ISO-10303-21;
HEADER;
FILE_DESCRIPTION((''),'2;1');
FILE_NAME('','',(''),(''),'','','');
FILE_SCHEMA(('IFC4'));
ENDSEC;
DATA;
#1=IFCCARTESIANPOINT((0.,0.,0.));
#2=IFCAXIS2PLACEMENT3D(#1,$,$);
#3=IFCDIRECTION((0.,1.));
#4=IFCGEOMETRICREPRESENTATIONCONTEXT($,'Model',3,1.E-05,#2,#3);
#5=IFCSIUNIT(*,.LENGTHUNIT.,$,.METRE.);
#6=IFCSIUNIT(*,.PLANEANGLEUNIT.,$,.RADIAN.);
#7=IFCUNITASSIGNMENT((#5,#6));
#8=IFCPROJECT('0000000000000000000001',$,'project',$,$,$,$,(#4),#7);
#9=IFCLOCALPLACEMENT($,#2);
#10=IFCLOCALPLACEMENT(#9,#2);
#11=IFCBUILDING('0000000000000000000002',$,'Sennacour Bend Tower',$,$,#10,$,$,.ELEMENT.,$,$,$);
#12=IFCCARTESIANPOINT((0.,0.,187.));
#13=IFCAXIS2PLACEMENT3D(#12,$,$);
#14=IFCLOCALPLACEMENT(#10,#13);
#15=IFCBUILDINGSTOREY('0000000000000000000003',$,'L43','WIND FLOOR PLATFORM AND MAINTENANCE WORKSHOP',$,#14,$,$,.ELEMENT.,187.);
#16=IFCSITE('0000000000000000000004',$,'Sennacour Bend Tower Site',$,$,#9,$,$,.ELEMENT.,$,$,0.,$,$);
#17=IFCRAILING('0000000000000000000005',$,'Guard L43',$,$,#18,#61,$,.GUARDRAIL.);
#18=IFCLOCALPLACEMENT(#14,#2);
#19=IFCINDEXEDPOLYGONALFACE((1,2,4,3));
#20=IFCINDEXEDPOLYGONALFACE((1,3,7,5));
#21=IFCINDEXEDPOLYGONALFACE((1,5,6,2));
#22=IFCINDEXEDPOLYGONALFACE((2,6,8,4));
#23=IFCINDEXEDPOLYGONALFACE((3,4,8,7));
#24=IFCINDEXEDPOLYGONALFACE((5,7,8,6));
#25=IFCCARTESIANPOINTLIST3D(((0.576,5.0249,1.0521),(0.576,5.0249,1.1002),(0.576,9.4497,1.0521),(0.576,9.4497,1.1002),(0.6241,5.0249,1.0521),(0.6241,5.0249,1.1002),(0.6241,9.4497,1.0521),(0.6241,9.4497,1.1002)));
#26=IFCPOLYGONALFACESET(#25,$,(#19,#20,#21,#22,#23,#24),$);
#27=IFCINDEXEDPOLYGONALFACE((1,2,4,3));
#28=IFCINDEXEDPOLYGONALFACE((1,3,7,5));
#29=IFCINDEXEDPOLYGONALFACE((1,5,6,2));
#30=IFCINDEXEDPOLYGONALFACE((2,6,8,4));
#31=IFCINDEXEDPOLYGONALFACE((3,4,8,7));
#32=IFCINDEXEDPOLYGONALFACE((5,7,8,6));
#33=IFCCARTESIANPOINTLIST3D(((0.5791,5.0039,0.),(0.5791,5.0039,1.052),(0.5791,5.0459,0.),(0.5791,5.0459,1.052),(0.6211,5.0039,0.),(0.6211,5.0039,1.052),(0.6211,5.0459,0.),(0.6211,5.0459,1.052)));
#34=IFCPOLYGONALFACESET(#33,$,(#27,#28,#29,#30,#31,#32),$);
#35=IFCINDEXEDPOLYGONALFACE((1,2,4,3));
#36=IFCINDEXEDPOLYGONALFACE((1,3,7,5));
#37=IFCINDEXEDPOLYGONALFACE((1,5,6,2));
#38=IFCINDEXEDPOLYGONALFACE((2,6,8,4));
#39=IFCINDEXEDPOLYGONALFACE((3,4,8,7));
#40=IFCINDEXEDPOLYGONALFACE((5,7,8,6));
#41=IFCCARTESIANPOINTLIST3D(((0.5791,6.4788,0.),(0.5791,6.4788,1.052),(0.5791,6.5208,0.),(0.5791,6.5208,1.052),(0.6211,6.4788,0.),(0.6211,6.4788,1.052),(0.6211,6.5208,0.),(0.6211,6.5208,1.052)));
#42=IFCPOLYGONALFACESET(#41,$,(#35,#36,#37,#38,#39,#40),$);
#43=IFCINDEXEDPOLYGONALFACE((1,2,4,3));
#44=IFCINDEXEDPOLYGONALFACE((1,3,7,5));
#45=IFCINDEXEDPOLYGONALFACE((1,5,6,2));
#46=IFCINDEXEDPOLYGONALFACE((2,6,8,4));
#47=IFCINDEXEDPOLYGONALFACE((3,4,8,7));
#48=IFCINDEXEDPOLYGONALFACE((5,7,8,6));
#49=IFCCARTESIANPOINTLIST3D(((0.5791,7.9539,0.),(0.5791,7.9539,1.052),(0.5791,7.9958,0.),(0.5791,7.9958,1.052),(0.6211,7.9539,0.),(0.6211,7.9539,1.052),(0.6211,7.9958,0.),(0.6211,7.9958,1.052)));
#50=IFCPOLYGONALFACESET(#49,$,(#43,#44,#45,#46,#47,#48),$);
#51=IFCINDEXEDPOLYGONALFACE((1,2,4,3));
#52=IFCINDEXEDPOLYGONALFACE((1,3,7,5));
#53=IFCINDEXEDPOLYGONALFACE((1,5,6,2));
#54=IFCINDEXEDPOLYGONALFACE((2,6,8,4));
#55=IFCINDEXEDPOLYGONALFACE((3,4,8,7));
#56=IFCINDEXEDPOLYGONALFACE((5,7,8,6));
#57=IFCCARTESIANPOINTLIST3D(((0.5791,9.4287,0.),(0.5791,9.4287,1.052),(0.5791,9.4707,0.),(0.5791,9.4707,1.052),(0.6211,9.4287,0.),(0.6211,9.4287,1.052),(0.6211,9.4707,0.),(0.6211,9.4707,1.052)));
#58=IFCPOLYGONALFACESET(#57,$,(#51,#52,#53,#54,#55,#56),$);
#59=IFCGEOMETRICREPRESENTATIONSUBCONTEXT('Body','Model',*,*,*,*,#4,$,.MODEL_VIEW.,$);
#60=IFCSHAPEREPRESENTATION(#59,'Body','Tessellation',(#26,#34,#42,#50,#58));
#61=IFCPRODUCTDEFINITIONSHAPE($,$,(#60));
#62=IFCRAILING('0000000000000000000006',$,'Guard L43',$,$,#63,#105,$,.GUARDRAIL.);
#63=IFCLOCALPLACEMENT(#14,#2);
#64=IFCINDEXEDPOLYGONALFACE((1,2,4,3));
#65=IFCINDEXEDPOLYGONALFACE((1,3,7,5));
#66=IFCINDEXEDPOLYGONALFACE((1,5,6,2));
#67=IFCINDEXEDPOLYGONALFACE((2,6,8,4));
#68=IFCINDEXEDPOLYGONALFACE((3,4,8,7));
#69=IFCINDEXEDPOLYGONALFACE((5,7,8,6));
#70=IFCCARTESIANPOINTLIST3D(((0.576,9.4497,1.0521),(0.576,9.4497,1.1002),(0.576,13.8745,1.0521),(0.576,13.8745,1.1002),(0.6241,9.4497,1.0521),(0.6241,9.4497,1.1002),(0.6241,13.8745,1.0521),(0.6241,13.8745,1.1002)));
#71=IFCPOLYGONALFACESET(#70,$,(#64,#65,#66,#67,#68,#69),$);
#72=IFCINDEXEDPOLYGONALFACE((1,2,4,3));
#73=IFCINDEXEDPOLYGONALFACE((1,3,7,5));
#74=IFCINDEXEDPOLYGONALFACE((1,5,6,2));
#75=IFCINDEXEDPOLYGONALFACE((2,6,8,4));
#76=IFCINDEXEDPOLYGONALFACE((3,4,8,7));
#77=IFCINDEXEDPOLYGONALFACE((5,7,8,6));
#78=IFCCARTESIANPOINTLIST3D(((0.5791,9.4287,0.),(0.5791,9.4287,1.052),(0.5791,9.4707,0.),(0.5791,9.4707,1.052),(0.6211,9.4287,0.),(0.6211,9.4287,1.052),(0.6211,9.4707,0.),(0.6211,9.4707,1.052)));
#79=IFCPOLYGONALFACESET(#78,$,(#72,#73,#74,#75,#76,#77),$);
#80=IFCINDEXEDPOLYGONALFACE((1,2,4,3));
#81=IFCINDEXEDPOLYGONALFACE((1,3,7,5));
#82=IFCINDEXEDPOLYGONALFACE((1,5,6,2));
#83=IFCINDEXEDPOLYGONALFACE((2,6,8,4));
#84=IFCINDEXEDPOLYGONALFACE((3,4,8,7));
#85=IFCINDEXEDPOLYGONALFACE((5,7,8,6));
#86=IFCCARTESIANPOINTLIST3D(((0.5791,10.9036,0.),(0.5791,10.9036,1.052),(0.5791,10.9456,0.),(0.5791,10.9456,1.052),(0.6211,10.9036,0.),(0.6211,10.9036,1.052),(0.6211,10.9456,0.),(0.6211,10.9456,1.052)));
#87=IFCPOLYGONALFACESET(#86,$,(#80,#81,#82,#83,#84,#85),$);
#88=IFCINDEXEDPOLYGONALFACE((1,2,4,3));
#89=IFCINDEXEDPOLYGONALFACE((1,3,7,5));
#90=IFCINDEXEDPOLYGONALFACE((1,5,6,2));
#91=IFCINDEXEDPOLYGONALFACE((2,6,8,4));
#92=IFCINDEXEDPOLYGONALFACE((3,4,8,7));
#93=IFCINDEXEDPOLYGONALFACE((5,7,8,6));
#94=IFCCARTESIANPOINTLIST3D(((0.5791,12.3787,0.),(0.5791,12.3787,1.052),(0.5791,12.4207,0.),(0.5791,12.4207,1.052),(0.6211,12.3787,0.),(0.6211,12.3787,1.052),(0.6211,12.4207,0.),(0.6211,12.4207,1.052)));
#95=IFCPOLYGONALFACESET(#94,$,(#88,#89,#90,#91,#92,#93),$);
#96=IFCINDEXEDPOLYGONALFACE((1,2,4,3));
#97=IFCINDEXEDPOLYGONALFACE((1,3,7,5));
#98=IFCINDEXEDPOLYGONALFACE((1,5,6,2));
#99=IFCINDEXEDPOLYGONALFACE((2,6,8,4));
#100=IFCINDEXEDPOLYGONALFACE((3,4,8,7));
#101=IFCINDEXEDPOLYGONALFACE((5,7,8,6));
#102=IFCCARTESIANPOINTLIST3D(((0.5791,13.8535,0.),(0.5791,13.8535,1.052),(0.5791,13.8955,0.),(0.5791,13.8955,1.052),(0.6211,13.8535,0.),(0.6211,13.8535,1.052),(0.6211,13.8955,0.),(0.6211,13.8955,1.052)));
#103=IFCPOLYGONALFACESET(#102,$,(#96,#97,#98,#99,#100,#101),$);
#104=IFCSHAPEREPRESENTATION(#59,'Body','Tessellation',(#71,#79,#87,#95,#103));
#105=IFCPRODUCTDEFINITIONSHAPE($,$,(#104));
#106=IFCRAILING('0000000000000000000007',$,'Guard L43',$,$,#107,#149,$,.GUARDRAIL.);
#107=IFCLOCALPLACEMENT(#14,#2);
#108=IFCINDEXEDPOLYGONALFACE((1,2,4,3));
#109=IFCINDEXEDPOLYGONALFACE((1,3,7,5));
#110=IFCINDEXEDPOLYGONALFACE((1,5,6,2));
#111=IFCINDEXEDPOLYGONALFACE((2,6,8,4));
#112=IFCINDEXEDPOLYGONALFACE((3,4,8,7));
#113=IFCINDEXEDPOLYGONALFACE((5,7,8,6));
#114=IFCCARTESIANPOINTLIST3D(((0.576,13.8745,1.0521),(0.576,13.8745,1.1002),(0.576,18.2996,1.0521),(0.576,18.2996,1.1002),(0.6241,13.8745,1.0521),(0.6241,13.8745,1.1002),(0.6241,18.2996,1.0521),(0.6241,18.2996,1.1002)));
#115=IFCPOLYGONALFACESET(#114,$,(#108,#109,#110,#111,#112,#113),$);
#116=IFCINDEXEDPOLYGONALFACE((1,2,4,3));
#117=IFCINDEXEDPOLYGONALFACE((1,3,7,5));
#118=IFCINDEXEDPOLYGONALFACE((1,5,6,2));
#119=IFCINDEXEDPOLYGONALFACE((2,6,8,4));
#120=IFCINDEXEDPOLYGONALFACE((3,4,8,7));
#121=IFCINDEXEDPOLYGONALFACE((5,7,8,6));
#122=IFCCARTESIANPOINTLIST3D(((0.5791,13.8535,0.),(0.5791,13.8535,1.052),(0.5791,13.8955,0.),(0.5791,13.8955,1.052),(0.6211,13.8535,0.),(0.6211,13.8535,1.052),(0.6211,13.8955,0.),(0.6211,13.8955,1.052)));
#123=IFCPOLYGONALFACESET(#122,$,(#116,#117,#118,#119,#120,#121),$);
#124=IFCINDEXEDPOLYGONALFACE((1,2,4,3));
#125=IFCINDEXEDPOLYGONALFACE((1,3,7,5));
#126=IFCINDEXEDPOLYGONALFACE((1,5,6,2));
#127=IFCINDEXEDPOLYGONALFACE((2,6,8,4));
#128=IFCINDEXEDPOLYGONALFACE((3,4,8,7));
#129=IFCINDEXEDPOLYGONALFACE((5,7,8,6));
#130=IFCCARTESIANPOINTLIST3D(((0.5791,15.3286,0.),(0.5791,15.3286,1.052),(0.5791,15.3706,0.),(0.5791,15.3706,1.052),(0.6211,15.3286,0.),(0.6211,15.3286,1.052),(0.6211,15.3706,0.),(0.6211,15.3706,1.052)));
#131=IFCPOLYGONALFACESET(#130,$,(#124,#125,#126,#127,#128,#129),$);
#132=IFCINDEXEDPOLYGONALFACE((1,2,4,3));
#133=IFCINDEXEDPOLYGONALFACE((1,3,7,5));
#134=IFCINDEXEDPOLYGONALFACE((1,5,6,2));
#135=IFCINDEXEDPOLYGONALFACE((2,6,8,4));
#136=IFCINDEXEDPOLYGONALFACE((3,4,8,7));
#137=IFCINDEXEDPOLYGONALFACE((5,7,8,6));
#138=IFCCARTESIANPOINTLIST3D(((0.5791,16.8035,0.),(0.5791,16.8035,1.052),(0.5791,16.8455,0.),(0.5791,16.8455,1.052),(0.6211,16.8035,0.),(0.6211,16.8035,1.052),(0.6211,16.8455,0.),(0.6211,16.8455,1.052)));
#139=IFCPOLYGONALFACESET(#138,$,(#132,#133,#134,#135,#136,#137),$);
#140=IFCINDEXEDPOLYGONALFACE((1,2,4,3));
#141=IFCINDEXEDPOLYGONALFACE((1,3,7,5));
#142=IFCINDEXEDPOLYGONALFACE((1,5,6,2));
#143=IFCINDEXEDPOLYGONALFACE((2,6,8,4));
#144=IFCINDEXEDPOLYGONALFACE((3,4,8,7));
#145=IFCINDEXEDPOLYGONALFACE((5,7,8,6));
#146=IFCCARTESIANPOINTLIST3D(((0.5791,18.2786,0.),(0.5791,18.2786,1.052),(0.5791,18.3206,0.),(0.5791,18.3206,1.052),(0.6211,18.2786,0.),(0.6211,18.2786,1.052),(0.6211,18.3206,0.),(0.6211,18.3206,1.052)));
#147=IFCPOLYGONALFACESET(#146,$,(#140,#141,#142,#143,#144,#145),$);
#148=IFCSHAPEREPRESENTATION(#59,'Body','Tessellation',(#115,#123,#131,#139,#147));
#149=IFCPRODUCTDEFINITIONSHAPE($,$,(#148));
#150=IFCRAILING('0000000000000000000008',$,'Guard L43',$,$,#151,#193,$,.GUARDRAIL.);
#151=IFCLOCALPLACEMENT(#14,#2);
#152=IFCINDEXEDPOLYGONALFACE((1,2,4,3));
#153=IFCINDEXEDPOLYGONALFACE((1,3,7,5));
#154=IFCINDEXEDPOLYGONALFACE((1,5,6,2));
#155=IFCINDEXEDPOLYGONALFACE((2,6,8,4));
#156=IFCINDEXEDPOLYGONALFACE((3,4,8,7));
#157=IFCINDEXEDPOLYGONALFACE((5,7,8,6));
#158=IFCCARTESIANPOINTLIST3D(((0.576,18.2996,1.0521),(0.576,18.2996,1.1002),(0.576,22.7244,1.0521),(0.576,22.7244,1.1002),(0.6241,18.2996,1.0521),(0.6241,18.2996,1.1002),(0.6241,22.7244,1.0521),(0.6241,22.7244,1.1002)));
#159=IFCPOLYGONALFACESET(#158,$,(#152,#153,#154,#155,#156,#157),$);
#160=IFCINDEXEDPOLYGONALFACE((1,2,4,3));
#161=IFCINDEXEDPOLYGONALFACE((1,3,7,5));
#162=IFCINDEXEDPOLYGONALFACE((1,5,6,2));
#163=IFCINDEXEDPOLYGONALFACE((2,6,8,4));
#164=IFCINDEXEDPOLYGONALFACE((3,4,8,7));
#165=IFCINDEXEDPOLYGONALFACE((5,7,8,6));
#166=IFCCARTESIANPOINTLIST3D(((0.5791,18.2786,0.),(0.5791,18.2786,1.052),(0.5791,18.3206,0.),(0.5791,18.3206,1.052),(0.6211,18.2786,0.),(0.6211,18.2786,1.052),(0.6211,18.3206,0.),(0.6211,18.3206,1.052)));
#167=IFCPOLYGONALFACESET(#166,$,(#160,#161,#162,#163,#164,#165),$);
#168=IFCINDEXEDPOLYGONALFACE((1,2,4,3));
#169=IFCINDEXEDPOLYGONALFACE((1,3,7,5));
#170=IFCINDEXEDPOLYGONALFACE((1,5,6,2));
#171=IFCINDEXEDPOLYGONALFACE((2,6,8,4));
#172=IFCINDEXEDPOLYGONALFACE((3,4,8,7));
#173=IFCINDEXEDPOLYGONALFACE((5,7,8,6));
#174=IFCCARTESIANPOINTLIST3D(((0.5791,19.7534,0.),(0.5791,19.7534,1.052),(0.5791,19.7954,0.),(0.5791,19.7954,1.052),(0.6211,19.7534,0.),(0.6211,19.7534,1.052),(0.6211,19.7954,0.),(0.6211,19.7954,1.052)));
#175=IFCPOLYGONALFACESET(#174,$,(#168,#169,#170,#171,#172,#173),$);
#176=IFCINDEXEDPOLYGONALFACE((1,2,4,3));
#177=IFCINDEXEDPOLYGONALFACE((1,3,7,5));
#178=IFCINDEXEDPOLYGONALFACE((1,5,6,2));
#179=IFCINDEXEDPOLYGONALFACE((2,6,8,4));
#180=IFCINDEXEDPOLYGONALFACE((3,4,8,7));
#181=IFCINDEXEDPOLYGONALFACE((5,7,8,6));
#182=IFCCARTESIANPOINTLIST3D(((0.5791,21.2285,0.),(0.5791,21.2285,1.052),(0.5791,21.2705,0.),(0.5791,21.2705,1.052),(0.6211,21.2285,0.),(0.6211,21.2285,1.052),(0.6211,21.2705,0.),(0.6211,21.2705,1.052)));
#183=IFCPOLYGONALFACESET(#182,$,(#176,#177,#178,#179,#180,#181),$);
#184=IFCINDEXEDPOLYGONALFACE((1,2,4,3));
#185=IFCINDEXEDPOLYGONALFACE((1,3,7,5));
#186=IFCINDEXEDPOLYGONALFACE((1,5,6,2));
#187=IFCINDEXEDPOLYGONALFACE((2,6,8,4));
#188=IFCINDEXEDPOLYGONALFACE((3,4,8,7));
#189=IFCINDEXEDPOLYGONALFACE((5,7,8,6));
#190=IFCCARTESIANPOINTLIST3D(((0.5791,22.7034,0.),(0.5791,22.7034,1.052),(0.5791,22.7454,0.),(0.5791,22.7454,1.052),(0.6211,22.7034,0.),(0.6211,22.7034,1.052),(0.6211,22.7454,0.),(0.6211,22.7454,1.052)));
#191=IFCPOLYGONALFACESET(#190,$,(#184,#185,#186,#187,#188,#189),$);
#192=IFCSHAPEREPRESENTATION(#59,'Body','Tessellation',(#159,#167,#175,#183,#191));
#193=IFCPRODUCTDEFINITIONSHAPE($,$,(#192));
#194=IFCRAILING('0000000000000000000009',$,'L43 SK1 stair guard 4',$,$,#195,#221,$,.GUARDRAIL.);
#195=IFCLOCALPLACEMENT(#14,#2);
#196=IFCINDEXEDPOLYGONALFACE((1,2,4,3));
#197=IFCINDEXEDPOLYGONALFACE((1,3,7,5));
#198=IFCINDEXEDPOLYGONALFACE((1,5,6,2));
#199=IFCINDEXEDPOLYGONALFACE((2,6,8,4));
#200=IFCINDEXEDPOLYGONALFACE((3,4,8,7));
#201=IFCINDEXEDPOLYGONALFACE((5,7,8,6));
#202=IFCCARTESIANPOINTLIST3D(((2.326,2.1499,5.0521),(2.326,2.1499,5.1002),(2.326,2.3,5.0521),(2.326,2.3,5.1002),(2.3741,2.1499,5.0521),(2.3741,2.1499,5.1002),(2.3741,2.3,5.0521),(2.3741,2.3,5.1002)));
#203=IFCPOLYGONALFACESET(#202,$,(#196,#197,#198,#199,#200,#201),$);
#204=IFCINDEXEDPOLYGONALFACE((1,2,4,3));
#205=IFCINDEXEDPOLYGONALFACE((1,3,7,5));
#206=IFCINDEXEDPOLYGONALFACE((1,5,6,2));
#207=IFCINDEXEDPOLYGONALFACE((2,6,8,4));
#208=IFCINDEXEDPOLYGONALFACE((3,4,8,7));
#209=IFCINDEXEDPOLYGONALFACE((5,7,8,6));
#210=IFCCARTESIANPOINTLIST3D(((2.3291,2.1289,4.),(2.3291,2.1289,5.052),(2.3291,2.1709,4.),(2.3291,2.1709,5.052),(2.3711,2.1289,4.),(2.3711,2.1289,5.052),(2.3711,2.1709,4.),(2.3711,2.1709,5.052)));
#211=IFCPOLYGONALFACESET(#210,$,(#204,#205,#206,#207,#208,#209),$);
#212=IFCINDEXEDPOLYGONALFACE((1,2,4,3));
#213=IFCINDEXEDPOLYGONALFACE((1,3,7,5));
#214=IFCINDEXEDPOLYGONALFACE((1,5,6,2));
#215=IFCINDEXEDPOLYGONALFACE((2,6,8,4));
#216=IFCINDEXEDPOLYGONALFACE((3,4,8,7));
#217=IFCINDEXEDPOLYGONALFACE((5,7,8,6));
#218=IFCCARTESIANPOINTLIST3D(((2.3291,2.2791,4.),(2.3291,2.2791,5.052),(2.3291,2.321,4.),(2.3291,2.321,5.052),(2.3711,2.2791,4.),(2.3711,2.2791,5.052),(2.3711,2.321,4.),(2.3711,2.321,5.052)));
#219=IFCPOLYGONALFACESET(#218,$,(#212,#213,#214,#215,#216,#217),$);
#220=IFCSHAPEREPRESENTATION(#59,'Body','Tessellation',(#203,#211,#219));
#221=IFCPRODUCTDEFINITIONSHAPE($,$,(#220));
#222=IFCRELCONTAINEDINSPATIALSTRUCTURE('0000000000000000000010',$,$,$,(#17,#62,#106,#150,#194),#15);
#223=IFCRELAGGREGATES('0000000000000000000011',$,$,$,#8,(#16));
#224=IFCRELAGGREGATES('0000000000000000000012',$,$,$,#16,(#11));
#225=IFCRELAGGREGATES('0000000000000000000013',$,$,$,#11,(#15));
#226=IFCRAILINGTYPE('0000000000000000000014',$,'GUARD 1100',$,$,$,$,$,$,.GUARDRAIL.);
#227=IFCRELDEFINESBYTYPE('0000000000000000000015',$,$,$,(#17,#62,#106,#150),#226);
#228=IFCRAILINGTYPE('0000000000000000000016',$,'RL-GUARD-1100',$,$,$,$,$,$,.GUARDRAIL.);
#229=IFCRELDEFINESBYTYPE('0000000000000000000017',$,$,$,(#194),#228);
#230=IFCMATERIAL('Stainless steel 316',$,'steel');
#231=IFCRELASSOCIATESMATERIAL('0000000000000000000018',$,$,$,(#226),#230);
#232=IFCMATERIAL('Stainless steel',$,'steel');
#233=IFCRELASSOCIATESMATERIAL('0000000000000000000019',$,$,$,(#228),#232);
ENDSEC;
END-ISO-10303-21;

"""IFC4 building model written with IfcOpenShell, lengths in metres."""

from ifc_helpers import new_model, si_unit, direction, frame, origin, origin_2d, place, context, subcontext, project, spatial, rectangle, extrude, material, type_object, element, save


model = new_model("IFC4")

# Units and contexts
model_context = context("Model", 3, precision=1e-05, world=origin(), true_north=direction((0.0, 1.0)))
body_context = subcontext(model_context, "Body", "Model", "MODEL_VIEW")
ifc_project = project(units=[si_unit("LENGTHUNIT", "METRE"), si_unit("PLANEANGLEUNIT", "RADIAN")], contexts=[model_context])

# Site, building, storey
site_placement = place(None, origin())
site = spatial("IfcSite", under=ifc_project, at=site_placement, Name="Sennacour Bend Tower Site", CompositionType="ELEMENT", RefElevation=0.0)
building_placement = place(site_placement, origin())
building = spatial("IfcBuilding", under=site, at=building_placement, Name="Sennacour Bend Tower", CompositionType="ELEMENT")
storey_placement = place(building_placement, frame((0.0, 0.0, 187.0)))
storey = spatial("IfcBuildingStorey", under=building, at=storey_placement, Name="L43", Description="WIND FLOOR PLATFORM AND MAINTENANCE WORKSHOP", CompositionType="ELEMENT", Elevation=187.0)

# Railings
ifc_material_1 = material(Name="Stainless steel 316", Category="steel")
railing_type_1 = type_object("IfcRailingType", Name="GUARD 1100", PredefinedType="GUARDRAIL", material=ifc_material_1)
for number, where, name in (
    (1, (0.6001, 5.0249, 0.0), "Guard L43"),
    (2, (0.6001, 9.4497, 0.0), "Guard L43"),
):
    element("IfcRailing", number, at=place(storey_placement, frame(where)), inside=storey, type_object=railing_type_1, Name=name, PredefinedType="GUARDRAIL", context=body_context, shape_type="SweptSolid", body=[
        extrude(rectangle(XDim=0.0481, YDim=0.0481, at=origin_2d()), frame((0.0, 0.0, 1.0762), z_axis=(0.0, 1.0, 0.0), x_axis=(-1.0, 0.0, 0.0)), (0.0, 0.0, 1.0), 4.4248),
        extrude(rectangle(XDim=0.042, YDim=0.042, at=origin_2d()), origin(), (0.0, 0.0, 1.0), 1.052),
        extrude(rectangle(XDim=0.042, YDim=0.042, at=origin_2d()), frame((0.0, 1.4749, 0.0)), (0.0, 0.0, 1.0), 1.052),
        extrude(rectangle(XDim=0.042, YDim=0.042, at=origin_2d()), frame((0.0, 2.95, 0.0)), (0.0, 0.0, 1.0), 1.052),
        extrude(rectangle(XDim=0.042, YDim=0.042, at=origin_2d()), frame((0.0, 4.4248, 0.0)), (0.0, 0.0, 1.0), 1.052),
    ])
railing_1_placement = place(storey_placement, frame((0.6001, 13.8745, 0.0)))
element("IfcRailing", 3, at=railing_1_placement, inside=storey, type_object=railing_type_1, Name="Guard L43", PredefinedType="GUARDRAIL", context=body_context, shape_type="SweptSolid", body=[
    extrude(rectangle(XDim=0.0481, YDim=0.0481, at=origin_2d()), frame((0.0, 0.0, 1.0762), z_axis=(0.0, 1.0, 0.0), x_axis=(-1.0, 0.0, 0.0)), (0.0, 0.0, 1.0), 4.425),
    extrude(rectangle(XDim=0.042, YDim=0.042, at=origin_2d()), origin(), (0.0, 0.0, 1.0), 1.052),
    extrude(rectangle(XDim=0.042, YDim=0.042, at=origin_2d()), frame((0.0, 1.4751, 0.0)), (0.0, 0.0, 1.0), 1.052),
    extrude(rectangle(XDim=0.042, YDim=0.042, at=origin_2d()), frame((0.0, 2.95, 0.0)), (0.0, 0.0, 1.0), 1.052),
    extrude(rectangle(XDim=0.042, YDim=0.042, at=origin_2d()), frame((0.0, 4.425, 0.0)), (0.0, 0.0, 1.0), 1.052),
])
railing_2_placement = place(storey_placement, frame((0.6001, 18.2996, 0.0)))
element("IfcRailing", 4, at=railing_2_placement, inside=storey, type_object=railing_type_1, Name="Guard L43", PredefinedType="GUARDRAIL", context=body_context, shape_type="SweptSolid", body=[
    extrude(rectangle(XDim=0.0481, YDim=0.0481, at=origin_2d()), frame((0.0, 0.0, 1.0762), z_axis=(0.0, 1.0, 0.0), x_axis=(-1.0, 0.0, 0.0)), (0.0, 0.0, 1.0), 4.4248),
    extrude(rectangle(XDim=0.042, YDim=0.042, at=origin_2d()), origin(), (0.0, 0.0, 1.0), 1.052),
    extrude(rectangle(XDim=0.042, YDim=0.042, at=origin_2d()), frame((0.0, 1.4749, 0.0)), (0.0, 0.0, 1.0), 1.052),
    extrude(rectangle(XDim=0.042, YDim=0.042, at=origin_2d()), frame((0.0, 2.95, 0.0)), (0.0, 0.0, 1.0), 1.052),
    extrude(rectangle(XDim=0.042, YDim=0.042, at=origin_2d()), frame((0.0, 4.4248, 0.0)), (0.0, 0.0, 1.0), 1.052),
])
ifc_material_2 = material(Name="Stainless steel", Category="steel")
railing_type_2 = type_object("IfcRailingType", Name="RL-GUARD-1100", PredefinedType="GUARDRAIL", material=ifc_material_2)
for number, where, name in (
    (5, (2.3501, 2.1499, 4.0), "L43 SK1 stair guard 4"),
):
    element("IfcRailing", number, at=place(storey_placement, frame(where)), inside=storey, type_object=railing_type_2, Name=name, PredefinedType="GUARDRAIL", context=body_context, shape_type="SweptSolid", body=[
        extrude(rectangle(XDim=0.0481, YDim=0.0481, at=origin_2d()), frame((0.0, 0.0, 1.0762), z_axis=(0.0, 1.0, 0.0), x_axis=(-1.0, 0.0, 0.0)), (0.0, 0.0, 1.0), 0.1501),
        extrude(rectangle(XDim=0.042, YDim=0.042, at=origin_2d()), origin(), (0.0, 0.0, 1.0), 1.052),
        extrude(rectangle(XDim=0.042, YDim=0.042, at=origin_2d()), frame((0.0, 0.1501, 0.0)), (0.0, 0.0, 1.0), 1.052),
    ])

save(model, "model.ifc")
